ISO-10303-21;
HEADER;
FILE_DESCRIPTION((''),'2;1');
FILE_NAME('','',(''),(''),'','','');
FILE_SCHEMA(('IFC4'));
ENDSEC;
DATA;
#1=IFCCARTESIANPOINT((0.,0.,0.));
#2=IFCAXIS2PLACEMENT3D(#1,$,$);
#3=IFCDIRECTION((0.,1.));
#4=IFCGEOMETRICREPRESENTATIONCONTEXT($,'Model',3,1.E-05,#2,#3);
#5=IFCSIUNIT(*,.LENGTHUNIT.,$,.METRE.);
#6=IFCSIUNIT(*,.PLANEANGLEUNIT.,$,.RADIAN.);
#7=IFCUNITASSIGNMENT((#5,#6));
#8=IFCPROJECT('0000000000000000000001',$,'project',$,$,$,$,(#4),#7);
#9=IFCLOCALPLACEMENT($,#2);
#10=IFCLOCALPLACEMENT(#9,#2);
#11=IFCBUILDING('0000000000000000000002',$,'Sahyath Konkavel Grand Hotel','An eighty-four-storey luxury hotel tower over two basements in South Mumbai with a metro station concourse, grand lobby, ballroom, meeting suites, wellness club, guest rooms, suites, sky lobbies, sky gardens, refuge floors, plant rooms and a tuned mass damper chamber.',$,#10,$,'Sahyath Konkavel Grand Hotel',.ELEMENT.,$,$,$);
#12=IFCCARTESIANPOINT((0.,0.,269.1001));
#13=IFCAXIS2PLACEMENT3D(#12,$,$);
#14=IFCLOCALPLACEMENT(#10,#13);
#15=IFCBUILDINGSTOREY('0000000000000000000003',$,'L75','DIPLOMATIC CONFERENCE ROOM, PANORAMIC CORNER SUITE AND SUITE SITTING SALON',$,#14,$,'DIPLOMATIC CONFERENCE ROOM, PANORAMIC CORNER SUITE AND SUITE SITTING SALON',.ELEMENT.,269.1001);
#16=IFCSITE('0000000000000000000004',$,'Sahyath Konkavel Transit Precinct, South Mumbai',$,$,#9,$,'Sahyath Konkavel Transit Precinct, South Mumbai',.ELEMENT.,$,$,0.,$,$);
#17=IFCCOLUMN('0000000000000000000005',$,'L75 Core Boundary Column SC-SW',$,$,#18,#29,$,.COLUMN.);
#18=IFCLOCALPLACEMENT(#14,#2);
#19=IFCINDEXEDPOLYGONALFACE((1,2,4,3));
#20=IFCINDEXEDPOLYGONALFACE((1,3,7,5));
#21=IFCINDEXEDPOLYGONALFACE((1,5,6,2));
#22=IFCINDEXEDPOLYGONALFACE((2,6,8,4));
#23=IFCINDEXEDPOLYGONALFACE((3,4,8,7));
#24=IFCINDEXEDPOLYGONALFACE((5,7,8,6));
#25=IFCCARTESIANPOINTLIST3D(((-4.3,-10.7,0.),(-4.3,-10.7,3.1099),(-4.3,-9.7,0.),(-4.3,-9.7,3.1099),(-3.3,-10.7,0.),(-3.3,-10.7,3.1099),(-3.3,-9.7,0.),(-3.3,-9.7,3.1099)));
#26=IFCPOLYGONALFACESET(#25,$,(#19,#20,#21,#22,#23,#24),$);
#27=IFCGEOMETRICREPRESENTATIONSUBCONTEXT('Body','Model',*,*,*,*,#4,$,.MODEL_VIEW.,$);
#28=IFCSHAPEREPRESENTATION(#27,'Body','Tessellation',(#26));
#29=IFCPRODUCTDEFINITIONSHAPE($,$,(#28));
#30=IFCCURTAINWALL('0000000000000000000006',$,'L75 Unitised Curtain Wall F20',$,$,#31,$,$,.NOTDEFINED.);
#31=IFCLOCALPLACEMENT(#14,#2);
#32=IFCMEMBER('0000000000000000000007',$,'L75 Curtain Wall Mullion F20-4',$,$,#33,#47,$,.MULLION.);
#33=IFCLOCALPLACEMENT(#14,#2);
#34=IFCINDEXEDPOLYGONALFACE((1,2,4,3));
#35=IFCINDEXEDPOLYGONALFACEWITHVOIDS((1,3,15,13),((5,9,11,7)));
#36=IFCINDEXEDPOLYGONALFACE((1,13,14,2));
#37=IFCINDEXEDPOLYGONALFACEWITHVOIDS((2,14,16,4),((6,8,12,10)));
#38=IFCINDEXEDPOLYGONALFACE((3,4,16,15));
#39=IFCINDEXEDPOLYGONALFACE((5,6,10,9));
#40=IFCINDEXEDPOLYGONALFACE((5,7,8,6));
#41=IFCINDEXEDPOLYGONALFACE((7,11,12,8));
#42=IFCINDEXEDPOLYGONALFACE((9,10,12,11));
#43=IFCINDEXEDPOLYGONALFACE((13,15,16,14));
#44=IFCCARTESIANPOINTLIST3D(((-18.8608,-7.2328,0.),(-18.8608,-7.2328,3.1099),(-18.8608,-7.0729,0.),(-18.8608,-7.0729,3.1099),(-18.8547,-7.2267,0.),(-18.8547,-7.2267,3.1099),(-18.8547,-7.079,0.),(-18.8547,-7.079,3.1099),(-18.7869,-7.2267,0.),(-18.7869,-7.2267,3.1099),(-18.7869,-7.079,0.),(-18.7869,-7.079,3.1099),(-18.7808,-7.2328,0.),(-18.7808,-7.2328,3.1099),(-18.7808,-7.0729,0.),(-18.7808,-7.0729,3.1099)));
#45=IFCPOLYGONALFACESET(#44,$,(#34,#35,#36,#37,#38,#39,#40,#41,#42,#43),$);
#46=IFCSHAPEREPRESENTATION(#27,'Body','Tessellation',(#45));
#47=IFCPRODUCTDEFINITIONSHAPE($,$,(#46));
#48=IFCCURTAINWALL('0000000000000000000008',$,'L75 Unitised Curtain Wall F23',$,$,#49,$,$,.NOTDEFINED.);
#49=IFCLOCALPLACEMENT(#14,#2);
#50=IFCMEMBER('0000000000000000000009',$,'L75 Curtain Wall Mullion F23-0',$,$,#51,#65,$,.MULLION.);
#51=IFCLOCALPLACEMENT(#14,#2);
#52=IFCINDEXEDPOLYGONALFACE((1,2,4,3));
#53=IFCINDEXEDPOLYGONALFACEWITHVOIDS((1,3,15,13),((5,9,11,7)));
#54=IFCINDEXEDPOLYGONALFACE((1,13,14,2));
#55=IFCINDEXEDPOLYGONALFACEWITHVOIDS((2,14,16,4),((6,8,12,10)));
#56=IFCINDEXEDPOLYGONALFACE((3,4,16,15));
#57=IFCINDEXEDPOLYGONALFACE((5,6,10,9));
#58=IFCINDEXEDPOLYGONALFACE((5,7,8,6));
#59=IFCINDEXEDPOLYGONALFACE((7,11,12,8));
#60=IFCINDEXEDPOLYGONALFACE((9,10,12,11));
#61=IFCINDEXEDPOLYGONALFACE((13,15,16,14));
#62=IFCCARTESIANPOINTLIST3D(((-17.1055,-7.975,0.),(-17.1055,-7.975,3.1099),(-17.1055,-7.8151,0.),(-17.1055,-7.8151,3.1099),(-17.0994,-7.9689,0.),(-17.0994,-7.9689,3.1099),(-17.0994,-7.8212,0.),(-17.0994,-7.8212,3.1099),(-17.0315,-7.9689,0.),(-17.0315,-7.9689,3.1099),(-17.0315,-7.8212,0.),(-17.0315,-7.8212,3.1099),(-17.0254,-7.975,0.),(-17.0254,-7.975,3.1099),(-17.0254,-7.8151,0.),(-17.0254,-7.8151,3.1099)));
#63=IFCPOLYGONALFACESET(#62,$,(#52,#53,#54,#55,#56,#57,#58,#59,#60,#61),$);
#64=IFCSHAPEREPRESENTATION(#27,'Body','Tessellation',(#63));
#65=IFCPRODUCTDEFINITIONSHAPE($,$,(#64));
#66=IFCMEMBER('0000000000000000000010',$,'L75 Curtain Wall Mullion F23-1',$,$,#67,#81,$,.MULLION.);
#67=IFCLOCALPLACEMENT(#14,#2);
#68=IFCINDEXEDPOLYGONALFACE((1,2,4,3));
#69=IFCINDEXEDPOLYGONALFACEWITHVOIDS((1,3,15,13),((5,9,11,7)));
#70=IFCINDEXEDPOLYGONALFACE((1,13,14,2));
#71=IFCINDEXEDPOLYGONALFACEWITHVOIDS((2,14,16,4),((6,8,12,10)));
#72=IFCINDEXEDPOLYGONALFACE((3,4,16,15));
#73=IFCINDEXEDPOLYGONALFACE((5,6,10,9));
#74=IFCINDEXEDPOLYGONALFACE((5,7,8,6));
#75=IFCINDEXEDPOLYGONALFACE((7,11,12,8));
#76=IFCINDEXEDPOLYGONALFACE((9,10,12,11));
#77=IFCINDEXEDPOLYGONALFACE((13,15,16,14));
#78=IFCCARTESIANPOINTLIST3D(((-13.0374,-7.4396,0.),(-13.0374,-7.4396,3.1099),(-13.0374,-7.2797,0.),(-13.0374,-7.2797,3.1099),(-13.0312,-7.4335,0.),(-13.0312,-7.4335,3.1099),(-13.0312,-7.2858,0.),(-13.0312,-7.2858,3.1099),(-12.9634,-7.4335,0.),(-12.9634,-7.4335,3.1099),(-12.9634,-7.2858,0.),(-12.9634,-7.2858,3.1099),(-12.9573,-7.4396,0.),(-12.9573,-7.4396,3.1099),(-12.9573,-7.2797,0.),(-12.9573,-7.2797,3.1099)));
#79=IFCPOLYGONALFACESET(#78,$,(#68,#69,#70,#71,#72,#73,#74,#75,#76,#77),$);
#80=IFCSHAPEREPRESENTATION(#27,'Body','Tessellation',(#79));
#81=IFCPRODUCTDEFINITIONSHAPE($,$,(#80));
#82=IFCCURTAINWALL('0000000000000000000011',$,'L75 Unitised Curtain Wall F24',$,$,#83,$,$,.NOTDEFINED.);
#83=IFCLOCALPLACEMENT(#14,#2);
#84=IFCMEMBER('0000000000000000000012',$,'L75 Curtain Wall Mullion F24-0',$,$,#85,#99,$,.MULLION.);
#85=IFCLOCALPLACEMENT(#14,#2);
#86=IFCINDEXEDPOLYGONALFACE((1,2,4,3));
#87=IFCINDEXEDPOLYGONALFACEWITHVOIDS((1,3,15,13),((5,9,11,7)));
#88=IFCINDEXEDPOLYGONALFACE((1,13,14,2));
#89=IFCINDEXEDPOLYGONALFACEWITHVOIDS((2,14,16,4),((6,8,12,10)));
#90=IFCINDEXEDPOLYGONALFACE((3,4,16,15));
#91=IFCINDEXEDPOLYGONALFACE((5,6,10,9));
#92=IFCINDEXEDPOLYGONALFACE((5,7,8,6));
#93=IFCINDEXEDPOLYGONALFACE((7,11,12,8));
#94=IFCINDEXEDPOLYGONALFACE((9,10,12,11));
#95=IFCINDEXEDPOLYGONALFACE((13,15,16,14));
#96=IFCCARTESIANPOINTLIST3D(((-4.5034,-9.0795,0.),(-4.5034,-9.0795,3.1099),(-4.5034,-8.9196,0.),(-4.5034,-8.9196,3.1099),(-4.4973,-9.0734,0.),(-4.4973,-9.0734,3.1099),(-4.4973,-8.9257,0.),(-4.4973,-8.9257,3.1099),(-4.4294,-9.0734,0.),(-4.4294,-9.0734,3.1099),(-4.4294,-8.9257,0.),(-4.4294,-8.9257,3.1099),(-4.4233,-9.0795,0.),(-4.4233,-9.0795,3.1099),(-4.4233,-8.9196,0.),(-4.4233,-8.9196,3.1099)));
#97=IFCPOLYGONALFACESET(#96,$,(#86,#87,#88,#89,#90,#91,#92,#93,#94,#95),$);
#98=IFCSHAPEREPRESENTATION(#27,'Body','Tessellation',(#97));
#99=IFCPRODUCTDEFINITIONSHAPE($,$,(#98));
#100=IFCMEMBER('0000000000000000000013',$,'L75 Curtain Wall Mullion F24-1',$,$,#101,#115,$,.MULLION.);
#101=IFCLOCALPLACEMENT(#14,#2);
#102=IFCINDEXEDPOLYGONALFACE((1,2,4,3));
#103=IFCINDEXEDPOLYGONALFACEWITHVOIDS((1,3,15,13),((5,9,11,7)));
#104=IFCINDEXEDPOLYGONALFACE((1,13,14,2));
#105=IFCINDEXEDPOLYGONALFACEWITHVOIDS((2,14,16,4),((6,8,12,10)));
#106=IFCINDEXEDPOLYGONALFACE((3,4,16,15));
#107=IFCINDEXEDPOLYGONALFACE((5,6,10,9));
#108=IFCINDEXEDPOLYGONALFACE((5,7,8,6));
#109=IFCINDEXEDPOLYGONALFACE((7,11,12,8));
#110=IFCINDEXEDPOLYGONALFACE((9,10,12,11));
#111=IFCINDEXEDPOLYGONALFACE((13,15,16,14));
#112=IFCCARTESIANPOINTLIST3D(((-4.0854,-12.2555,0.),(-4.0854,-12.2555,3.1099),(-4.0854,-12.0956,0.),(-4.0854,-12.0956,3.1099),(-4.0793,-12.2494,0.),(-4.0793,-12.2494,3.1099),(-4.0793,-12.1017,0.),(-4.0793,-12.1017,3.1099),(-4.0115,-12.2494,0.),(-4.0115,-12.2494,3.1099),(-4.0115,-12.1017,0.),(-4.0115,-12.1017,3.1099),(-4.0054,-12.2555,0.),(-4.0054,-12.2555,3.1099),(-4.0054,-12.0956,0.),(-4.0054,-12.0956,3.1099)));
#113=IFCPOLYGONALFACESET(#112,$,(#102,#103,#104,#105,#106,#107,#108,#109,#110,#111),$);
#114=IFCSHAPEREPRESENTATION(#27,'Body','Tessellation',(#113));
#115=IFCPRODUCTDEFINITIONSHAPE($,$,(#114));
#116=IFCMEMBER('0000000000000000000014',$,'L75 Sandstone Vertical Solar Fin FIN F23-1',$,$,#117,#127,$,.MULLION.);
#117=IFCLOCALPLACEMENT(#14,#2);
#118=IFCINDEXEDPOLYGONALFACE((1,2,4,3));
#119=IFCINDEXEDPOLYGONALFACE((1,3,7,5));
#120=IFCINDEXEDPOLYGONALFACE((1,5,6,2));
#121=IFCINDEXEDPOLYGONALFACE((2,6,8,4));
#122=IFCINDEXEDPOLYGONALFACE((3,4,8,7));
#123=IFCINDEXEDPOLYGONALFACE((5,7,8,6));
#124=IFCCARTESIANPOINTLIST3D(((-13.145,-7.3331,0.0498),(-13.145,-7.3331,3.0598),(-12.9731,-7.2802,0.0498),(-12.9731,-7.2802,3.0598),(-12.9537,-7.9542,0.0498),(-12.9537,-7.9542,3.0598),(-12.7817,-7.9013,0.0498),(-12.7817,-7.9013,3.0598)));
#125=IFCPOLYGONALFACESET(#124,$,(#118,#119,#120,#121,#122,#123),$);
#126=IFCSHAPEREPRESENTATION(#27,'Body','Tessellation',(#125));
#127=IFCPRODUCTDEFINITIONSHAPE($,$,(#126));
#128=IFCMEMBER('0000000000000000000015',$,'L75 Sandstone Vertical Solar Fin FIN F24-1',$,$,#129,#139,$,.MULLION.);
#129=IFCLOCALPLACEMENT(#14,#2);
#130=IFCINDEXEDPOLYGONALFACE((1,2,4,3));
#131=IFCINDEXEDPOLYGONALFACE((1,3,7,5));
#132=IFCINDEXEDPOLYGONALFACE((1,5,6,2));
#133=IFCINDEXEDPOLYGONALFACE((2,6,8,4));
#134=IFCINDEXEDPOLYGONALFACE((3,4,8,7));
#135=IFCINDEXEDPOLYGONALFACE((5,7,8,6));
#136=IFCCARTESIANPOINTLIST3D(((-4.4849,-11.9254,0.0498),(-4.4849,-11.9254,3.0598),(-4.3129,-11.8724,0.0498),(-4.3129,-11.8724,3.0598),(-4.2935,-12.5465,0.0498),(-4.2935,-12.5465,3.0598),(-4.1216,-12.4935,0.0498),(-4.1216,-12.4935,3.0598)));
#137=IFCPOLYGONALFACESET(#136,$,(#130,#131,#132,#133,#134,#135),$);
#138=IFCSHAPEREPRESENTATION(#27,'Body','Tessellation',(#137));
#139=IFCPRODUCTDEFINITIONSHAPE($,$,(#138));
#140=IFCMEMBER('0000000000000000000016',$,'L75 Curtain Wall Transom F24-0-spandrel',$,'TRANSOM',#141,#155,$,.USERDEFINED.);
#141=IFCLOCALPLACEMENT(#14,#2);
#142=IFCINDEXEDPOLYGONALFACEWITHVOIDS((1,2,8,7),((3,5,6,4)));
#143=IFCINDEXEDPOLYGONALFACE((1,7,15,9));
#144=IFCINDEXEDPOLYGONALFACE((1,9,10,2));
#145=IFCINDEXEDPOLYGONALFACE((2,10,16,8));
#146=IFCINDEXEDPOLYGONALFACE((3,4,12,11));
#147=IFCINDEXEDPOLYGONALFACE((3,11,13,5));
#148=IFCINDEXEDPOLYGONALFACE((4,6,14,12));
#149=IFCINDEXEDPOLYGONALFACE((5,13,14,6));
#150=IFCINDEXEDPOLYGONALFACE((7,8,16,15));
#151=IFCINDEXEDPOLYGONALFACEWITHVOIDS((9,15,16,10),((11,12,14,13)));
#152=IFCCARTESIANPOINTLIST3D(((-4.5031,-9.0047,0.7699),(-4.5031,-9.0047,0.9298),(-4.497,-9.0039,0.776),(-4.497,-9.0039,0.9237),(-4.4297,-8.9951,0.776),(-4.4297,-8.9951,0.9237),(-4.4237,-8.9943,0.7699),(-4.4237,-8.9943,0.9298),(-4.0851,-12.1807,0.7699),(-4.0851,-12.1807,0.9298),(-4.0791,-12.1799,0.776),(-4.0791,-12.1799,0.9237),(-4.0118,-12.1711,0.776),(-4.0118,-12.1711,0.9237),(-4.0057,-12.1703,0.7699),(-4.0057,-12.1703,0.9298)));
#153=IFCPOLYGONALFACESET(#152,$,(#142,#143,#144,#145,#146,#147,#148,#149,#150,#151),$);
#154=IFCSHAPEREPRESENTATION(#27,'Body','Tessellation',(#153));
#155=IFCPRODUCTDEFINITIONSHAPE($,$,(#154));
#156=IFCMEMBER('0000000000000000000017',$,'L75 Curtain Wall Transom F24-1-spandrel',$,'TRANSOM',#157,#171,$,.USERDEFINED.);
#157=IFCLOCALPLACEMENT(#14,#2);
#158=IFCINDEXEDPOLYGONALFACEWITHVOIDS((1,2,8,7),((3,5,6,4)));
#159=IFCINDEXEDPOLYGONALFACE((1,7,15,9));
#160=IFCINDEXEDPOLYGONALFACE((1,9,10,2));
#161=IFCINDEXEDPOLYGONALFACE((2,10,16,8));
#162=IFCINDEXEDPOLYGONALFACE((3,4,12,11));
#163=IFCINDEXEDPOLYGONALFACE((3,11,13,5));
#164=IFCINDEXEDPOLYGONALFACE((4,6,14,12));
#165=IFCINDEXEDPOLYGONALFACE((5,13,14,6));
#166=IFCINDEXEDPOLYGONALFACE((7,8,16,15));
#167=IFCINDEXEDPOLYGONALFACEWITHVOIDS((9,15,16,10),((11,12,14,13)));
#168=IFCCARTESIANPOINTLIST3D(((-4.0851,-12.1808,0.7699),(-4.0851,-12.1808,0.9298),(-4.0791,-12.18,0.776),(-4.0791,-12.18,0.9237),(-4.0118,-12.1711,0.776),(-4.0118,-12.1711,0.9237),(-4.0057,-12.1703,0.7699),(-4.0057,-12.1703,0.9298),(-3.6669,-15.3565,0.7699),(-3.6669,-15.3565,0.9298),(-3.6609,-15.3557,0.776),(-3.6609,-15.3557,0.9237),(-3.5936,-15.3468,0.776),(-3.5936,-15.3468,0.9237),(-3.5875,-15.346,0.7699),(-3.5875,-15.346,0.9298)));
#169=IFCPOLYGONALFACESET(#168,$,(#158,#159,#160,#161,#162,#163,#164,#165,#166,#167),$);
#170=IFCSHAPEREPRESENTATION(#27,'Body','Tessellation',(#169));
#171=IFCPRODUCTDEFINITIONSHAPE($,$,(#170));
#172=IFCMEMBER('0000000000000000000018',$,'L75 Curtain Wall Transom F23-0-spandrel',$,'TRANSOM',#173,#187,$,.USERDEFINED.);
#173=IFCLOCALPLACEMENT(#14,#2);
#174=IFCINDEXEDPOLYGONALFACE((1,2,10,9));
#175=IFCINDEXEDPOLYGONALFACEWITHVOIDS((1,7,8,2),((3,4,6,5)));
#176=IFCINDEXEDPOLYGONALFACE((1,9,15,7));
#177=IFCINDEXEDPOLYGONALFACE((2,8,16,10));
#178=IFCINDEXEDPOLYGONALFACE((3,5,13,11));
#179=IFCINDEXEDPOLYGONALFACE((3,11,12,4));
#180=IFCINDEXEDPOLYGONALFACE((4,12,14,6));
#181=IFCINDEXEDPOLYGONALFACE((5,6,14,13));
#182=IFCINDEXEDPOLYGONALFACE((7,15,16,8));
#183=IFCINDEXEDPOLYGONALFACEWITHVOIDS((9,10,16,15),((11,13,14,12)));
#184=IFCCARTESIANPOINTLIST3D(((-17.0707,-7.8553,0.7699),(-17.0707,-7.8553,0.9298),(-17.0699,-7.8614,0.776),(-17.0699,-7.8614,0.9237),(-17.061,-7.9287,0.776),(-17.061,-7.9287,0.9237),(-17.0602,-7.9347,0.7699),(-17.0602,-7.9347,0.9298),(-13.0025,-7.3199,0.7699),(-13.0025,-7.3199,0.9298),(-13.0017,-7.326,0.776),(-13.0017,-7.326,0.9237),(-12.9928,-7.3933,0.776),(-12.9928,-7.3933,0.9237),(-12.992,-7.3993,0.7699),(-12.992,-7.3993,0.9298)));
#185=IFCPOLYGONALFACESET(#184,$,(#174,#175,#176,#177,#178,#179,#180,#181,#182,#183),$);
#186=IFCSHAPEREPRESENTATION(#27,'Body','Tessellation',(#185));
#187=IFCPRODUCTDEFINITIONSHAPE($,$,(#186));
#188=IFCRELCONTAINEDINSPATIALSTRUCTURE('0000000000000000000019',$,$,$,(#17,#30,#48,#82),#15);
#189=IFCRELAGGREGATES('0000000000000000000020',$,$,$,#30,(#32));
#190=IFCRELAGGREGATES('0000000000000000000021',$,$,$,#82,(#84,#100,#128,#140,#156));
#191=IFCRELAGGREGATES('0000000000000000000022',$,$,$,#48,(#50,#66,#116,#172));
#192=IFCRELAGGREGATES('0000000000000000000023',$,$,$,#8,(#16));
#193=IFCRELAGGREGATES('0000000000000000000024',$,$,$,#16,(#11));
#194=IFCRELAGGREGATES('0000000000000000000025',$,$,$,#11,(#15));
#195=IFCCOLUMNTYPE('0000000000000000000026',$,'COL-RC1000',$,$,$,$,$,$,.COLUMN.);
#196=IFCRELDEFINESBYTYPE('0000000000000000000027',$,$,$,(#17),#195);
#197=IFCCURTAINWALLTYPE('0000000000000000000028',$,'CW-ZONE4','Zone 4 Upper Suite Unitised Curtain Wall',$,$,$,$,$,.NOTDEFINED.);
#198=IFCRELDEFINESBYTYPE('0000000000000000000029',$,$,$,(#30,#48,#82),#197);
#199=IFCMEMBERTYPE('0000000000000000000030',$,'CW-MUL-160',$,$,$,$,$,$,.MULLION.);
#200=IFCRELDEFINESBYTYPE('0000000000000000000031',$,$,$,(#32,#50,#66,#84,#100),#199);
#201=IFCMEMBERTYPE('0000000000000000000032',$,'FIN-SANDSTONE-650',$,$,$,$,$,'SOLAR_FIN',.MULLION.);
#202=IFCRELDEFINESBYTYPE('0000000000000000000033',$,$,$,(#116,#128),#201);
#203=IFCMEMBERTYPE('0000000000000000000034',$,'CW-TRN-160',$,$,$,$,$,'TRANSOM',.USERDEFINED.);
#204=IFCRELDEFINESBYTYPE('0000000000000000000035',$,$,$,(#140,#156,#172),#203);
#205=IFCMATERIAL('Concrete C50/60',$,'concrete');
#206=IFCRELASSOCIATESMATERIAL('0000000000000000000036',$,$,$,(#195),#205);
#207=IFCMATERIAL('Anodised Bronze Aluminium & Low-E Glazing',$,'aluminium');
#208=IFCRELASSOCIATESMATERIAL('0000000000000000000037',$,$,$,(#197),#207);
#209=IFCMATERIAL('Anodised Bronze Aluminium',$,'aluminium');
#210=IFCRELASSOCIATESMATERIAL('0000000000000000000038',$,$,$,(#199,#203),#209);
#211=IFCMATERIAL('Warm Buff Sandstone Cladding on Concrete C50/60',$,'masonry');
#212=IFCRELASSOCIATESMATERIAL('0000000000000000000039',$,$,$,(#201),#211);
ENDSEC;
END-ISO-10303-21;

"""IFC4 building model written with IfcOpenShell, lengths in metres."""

from ifc_helpers import new_model, si_unit, direction, frame, origin, origin_2d, place, context, subcontext, project, spatial, rectangle, hollow_rectangle, extrude, source, transform, mapped, material, material_profile, profile_set, type_object, element, aggregate, save


model = new_model("IFC4")

# Units and contexts
model_context = context("Model", 3, precision=1e-05, world=origin(), true_north=direction((0.0, 1.0)))
body_context = subcontext(model_context, "Body", "Model", "MODEL_VIEW")
ifc_project = project(units=[si_unit("LENGTHUNIT", "METRE"), si_unit("PLANEANGLEUNIT", "RADIAN")], contexts=[model_context])

# Site, building, storey
site_placement = place(None, origin())
site = spatial("IfcSite", under=ifc_project, at=site_placement, Name="Sahyath Konkavel Transit Precinct, South Mumbai", LongName="Sahyath Konkavel Transit Precinct, South Mumbai", CompositionType="ELEMENT", RefElevation=0.0)
building_placement = place(site_placement, origin())
building = spatial("IfcBuilding", under=site, at=building_placement, Name="Sahyath Konkavel Grand Hotel", Description="An eighty-four-storey luxury hotel tower over two basements in South Mumbai with a metro station concourse, grand lobby, ballroom, meeting suites, wellness club, guest rooms, suites, sky lobbies, sky gardens, refuge floors, plant rooms and a tuned mass damper chamber.", LongName="Sahyath Konkavel Grand Hotel", CompositionType="ELEMENT")
storey_placement = place(building_placement, frame((0.0, 0.0, 269.1001)))
storey = spatial("IfcBuildingStorey", under=building, at=storey_placement, Name="L75", Description="DIPLOMATIC CONFERENCE ROOM, PANORAMIC CORNER SUITE AND SUITE SITTING SALON", LongName="DIPLOMATIC CONFERENCE ROOM, PANORAMIC CORNER SUITE AND SUITE SITTING SALON", CompositionType="ELEMENT", Elevation=269.1001)

# Column
ifc_material_1 = material(Name="Concrete C50/60", Category="concrete")
ifc_material_profile_1 = material_profile(ifc_material_1, rectangle(XDim=1.0, YDim=1.0, at=origin_2d()), Name="RC 1000x1000")
ifc_profile_set_1 = profile_set([ifc_material_profile_1], Name="Concrete C50/60")
column_type = type_object("IfcColumnType", Name="COL-RC1000", PredefinedType="COLUMN", material=ifc_profile_set_1)
shared_shape_1 = source(origin(), body_context, "Body", "SweptSolid", [
    extrude(rectangle(XDim=1.0, YDim=1.0, at=origin_2d()), origin(), (0.0, 0.0, 1.0), 3.1099),
])
column_placement = place(storey_placement, frame((-3.8, -10.2, 0.0), z_axis=(0.0, 0.0, 1.0), x_axis=(1.0, 0.0, 0.0)))
element("IfcColumn", 1, at=column_placement, inside=storey, type_object=column_type, Name="L75 Core Boundary Column SC-SW", PredefinedType="COLUMN", context=body_context, shape_type="MappedRepresentation", body=[
    mapped(shared_shape_1, transform((0.0, 0.0, 0.0), scale=1.0)),
])

# Curtain wall, member
ifc_material_2 = material(Name="Anodised Bronze Aluminium & Low-E Glazing", Category="aluminium")
curtain_wall_type = type_object("IfcCurtainWallType", Name="CW-ZONE4", Description="Zone 4 Upper Suite Unitised Curtain Wall", PredefinedType="NOTDEFINED", material=ifc_material_2)
curtain_wall_1_placement = place(storey_placement, origin())
curtain_wall_1 = element("IfcCurtainWall", 2, at=curtain_wall_1_placement, inside=storey, type_object=curtain_wall_type, Name="L75 Unitised Curtain Wall F20", PredefinedType="NOTDEFINED")
ifc_material_3 = material(Name="Anodised Bronze Aluminium", Category="aluminium")
ifc_material_profile_2 = material_profile(ifc_material_3, hollow_rectangle(XDim=0.0801, YDim=0.1599, WallThickness=0.0061, at=origin_2d()), Name="RHS 160x80x6")
ifc_profile_set_2 = profile_set([ifc_material_profile_2], Name="Anodised Bronze Aluminium")
member_type_1 = type_object("IfcMemberType", Name="CW-MUL-160", PredefinedType="MULLION", material=ifc_profile_set_2)
shared_shape_2 = source(origin(), body_context, "Body", "SweptSolid", [
    extrude(hollow_rectangle(XDim=0.0801, YDim=0.1599, WallThickness=0.0061, at=origin_2d()), origin(), (0.0, 0.0, 1.0), 3.1099),
])
member_1_placement = place(storey_placement, frame((-18.8208, -7.1528, 0.0), z_axis=(0.0, 0.0, 1.0), x_axis=(1.0, 0.0, 0.0)))
member_1 = element("IfcMember", 3, at=member_1_placement, type_object=member_type_1, Name="L75 Curtain Wall Mullion F20-4", PredefinedType="MULLION", context=body_context, shape_type="MappedRepresentation", body=[
    mapped(shared_shape_2, transform((0.0, 0.0, 0.0), scale=1.0)),
])
aggregate(curtain_wall_1, [member_1])

# Curtain walls, members
curtain_wall_2_placement = place(storey_placement, origin())
curtain_wall_2 = element("IfcCurtainWall", 4, at=curtain_wall_2_placement, inside=storey, type_object=curtain_wall_type, Name="L75 Unitised Curtain Wall F23", PredefinedType="NOTDEFINED")
member_2_placement = place(storey_placement, frame((-17.0654, -7.895, 0.0), z_axis=(0.0, 0.0, 1.0), x_axis=(1.0, 0.0, 0.0)))
member_2 = element("IfcMember", 5, at=member_2_placement, type_object=member_type_1, Name="L75 Curtain Wall Mullion F23-0", PredefinedType="MULLION", context=body_context, shape_type="MappedRepresentation", body=[
    mapped(shared_shape_2, transform((0.0, 0.0, 0.0), scale=1.0)),
])
member_3_placement = place(storey_placement, frame((-12.9973, -7.3596, 0.0), z_axis=(0.0, 0.0, 1.0), x_axis=(1.0, 0.0, 0.0)))
member_3 = element("IfcMember", 6, at=member_3_placement, type_object=member_type_1, Name="L75 Curtain Wall Mullion F23-1", PredefinedType="MULLION", context=body_context, shape_type="MappedRepresentation", body=[
    mapped(shared_shape_2, transform((0.0, 0.0, 0.0), scale=1.0)),
])
curtain_wall_3_placement = place(storey_placement, origin())
curtain_wall_3 = element("IfcCurtainWall", 7, at=curtain_wall_3_placement, inside=storey, type_object=curtain_wall_type, Name="L75 Unitised Curtain Wall F24", PredefinedType="NOTDEFINED")
member_4_placement = place(storey_placement, frame((-4.4634, -8.9995, 0.0), z_axis=(0.0, 0.0, 1.0), x_axis=(1.0, 0.0, 0.0)))
member_4 = element("IfcMember", 8, at=member_4_placement, type_object=member_type_1, Name="L75 Curtain Wall Mullion F24-0", PredefinedType="MULLION", context=body_context, shape_type="MappedRepresentation", body=[
    mapped(shared_shape_2, transform((0.0, 0.0, 0.0), scale=1.0)),
])
member_5_placement = place(storey_placement, frame((-4.0454, -12.1755, 0.0), z_axis=(0.0, 0.0, 1.0), x_axis=(1.0, 0.0, 0.0)))
member_5 = element("IfcMember", 9, at=member_5_placement, type_object=member_type_1, Name="L75 Curtain Wall Mullion F24-1", PredefinedType="MULLION", context=body_context, shape_type="MappedRepresentation", body=[
    mapped(shared_shape_2, transform((0.0, 0.0, 0.0), scale=1.0)),
])

# Members
ifc_material_4 = material(Name="Warm Buff Sandstone Cladding on Concrete C50/60", Category="masonry")
ifc_material_profile_3 = material_profile(ifc_material_4, rectangle(XDim=0.1799, YDim=0.6499, at=origin_2d()), Name="FIN 180x650")
ifc_profile_set_3 = profile_set([ifc_material_profile_3], Name="Warm Buff Sandstone Cladding on Concrete C50/60")
member_type_2 = type_object("IfcMemberType", Name="FIN-SANDSTONE-650", ElementType="SOLAR_FIN", PredefinedType="MULLION", material=ifc_profile_set_3)
shared_shape_3 = source(origin(), body_context, "Body", "SweptSolid", [
    extrude(rectangle(XDim=0.1799, YDim=0.6499, at=origin_2d()), origin(), (0.0, 0.0, 1.0), 3.01),
])
member_6_placement = place(storey_placement, frame((-12.9634, -7.6172, 0.0498), z_axis=(0.0, 0.0, 1.0), x_axis=(0.95569, 0.294374, 0.0)))
member_6 = element("IfcMember", 10, at=member_6_placement, type_object=member_type_2, Name="L75 Sandstone Vertical Solar Fin FIN F23-1", PredefinedType="MULLION", context=body_context, shape_type="MappedRepresentation", body=[
    mapped(shared_shape_3, transform((0.0, 0.0, 0.0), scale=1.0)),
])
member_7_placement = place(storey_placement, frame((-4.3032, -12.2095, 0.0498), z_axis=(0.0, 0.0, 1.0), x_axis=(0.95569, 0.294374, 0.0)))
member_7 = element("IfcMember", 11, at=member_7_placement, type_object=member_type_2, Name="L75 Sandstone Vertical Solar Fin FIN F24-1", PredefinedType="MULLION", context=body_context, shape_type="MappedRepresentation", body=[
    mapped(shared_shape_3, transform((0.0, 0.0, 0.0), scale=1.0)),
])
ifc_material_profile_4 = material_profile(ifc_material_3, hollow_rectangle(XDim=0.0801, YDim=0.1599, WallThickness=0.0061, at=origin_2d()), Name="RHS 160x80x6")
ifc_profile_set_4 = profile_set([ifc_material_profile_4], Name="Anodised Bronze Aluminium")
member_type_3 = type_object("IfcMemberType", Name="CW-TRN-160", ElementType="TRANSOM", PredefinedType="USERDEFINED", material=ifc_profile_set_4)
shared_shape_4 = source(origin(), body_context, "Body", "SweptSolid", [
    extrude(hollow_rectangle(XDim=0.0801, YDim=0.1599, WallThickness=0.0061, at=origin_2d()), origin(), (0.0, 0.0, 1.0), 3.2034),
])
member_8_placement = place(storey_placement, frame((-4.4634, -8.9995, 0.8499), z_axis=(0.130476, -0.991451, 0.0), x_axis=(0.991451, 0.130476, 0.0)))
member_8 = element("IfcMember", 12, at=member_8_placement, type_object=member_type_3, Name="L75 Curtain Wall Transom F24-0-spandrel", ObjectType="TRANSOM", PredefinedType="USERDEFINED", context=body_context, shape_type="MappedRepresentation", body=[
    mapped(shared_shape_4, transform((0.0, 0.0, 0.0), scale=1.0)),
])
shared_shape_5 = source(origin(), body_context, "Body", "SweptSolid", [
    extrude(hollow_rectangle(XDim=0.0801, YDim=0.1599, WallThickness=0.0061, at=origin_2d()), origin(), (0.0, 0.0, 1.0), 3.2031),
])
member_9_placement = place(storey_placement, frame((-4.0454, -12.1755, 0.8499), z_axis=(0.130561, -0.99144, 0.0), x_axis=(0.99144, 0.130561, 0.0)))
member_9 = element("IfcMember", 13, at=member_9_placement, type_object=member_type_3, Name="L75 Curtain Wall Transom F24-1-spandrel", ObjectType="TRANSOM", PredefinedType="USERDEFINED", context=body_context, shape_type="MappedRepresentation", body=[
    mapped(shared_shape_5, transform((0.0, 0.0, 0.0), scale=1.0)),
])
shared_shape_6 = source(origin(), body_context, "Body", "SweptSolid", [
    extrude(hollow_rectangle(XDim=0.0801, YDim=0.1599, WallThickness=0.0061, at=origin_2d()), origin(), (0.0, 0.0, 1.0), 4.1033),
])
member_10_placement = place(storey_placement, frame((-17.0654, -7.895, 0.8499), z_axis=(0.99145, 0.130484, 0.0), x_axis=(-0.130484, 0.99145, 0.0)))
member_10 = element("IfcMember", 14, at=member_10_placement, type_object=member_type_3, Name="L75 Curtain Wall Transom F23-0-spandrel", ObjectType="TRANSOM", PredefinedType="USERDEFINED", context=body_context, shape_type="MappedRepresentation", body=[
    mapped(shared_shape_6, transform((0.0, 0.0, 0.0), scale=1.0)),
])

aggregate(curtain_wall_3, [member_4, member_5, member_7, member_8, member_9])
aggregate(curtain_wall_2, [member_2, member_3, member_6, member_10])

save(model, "model.ifc")
